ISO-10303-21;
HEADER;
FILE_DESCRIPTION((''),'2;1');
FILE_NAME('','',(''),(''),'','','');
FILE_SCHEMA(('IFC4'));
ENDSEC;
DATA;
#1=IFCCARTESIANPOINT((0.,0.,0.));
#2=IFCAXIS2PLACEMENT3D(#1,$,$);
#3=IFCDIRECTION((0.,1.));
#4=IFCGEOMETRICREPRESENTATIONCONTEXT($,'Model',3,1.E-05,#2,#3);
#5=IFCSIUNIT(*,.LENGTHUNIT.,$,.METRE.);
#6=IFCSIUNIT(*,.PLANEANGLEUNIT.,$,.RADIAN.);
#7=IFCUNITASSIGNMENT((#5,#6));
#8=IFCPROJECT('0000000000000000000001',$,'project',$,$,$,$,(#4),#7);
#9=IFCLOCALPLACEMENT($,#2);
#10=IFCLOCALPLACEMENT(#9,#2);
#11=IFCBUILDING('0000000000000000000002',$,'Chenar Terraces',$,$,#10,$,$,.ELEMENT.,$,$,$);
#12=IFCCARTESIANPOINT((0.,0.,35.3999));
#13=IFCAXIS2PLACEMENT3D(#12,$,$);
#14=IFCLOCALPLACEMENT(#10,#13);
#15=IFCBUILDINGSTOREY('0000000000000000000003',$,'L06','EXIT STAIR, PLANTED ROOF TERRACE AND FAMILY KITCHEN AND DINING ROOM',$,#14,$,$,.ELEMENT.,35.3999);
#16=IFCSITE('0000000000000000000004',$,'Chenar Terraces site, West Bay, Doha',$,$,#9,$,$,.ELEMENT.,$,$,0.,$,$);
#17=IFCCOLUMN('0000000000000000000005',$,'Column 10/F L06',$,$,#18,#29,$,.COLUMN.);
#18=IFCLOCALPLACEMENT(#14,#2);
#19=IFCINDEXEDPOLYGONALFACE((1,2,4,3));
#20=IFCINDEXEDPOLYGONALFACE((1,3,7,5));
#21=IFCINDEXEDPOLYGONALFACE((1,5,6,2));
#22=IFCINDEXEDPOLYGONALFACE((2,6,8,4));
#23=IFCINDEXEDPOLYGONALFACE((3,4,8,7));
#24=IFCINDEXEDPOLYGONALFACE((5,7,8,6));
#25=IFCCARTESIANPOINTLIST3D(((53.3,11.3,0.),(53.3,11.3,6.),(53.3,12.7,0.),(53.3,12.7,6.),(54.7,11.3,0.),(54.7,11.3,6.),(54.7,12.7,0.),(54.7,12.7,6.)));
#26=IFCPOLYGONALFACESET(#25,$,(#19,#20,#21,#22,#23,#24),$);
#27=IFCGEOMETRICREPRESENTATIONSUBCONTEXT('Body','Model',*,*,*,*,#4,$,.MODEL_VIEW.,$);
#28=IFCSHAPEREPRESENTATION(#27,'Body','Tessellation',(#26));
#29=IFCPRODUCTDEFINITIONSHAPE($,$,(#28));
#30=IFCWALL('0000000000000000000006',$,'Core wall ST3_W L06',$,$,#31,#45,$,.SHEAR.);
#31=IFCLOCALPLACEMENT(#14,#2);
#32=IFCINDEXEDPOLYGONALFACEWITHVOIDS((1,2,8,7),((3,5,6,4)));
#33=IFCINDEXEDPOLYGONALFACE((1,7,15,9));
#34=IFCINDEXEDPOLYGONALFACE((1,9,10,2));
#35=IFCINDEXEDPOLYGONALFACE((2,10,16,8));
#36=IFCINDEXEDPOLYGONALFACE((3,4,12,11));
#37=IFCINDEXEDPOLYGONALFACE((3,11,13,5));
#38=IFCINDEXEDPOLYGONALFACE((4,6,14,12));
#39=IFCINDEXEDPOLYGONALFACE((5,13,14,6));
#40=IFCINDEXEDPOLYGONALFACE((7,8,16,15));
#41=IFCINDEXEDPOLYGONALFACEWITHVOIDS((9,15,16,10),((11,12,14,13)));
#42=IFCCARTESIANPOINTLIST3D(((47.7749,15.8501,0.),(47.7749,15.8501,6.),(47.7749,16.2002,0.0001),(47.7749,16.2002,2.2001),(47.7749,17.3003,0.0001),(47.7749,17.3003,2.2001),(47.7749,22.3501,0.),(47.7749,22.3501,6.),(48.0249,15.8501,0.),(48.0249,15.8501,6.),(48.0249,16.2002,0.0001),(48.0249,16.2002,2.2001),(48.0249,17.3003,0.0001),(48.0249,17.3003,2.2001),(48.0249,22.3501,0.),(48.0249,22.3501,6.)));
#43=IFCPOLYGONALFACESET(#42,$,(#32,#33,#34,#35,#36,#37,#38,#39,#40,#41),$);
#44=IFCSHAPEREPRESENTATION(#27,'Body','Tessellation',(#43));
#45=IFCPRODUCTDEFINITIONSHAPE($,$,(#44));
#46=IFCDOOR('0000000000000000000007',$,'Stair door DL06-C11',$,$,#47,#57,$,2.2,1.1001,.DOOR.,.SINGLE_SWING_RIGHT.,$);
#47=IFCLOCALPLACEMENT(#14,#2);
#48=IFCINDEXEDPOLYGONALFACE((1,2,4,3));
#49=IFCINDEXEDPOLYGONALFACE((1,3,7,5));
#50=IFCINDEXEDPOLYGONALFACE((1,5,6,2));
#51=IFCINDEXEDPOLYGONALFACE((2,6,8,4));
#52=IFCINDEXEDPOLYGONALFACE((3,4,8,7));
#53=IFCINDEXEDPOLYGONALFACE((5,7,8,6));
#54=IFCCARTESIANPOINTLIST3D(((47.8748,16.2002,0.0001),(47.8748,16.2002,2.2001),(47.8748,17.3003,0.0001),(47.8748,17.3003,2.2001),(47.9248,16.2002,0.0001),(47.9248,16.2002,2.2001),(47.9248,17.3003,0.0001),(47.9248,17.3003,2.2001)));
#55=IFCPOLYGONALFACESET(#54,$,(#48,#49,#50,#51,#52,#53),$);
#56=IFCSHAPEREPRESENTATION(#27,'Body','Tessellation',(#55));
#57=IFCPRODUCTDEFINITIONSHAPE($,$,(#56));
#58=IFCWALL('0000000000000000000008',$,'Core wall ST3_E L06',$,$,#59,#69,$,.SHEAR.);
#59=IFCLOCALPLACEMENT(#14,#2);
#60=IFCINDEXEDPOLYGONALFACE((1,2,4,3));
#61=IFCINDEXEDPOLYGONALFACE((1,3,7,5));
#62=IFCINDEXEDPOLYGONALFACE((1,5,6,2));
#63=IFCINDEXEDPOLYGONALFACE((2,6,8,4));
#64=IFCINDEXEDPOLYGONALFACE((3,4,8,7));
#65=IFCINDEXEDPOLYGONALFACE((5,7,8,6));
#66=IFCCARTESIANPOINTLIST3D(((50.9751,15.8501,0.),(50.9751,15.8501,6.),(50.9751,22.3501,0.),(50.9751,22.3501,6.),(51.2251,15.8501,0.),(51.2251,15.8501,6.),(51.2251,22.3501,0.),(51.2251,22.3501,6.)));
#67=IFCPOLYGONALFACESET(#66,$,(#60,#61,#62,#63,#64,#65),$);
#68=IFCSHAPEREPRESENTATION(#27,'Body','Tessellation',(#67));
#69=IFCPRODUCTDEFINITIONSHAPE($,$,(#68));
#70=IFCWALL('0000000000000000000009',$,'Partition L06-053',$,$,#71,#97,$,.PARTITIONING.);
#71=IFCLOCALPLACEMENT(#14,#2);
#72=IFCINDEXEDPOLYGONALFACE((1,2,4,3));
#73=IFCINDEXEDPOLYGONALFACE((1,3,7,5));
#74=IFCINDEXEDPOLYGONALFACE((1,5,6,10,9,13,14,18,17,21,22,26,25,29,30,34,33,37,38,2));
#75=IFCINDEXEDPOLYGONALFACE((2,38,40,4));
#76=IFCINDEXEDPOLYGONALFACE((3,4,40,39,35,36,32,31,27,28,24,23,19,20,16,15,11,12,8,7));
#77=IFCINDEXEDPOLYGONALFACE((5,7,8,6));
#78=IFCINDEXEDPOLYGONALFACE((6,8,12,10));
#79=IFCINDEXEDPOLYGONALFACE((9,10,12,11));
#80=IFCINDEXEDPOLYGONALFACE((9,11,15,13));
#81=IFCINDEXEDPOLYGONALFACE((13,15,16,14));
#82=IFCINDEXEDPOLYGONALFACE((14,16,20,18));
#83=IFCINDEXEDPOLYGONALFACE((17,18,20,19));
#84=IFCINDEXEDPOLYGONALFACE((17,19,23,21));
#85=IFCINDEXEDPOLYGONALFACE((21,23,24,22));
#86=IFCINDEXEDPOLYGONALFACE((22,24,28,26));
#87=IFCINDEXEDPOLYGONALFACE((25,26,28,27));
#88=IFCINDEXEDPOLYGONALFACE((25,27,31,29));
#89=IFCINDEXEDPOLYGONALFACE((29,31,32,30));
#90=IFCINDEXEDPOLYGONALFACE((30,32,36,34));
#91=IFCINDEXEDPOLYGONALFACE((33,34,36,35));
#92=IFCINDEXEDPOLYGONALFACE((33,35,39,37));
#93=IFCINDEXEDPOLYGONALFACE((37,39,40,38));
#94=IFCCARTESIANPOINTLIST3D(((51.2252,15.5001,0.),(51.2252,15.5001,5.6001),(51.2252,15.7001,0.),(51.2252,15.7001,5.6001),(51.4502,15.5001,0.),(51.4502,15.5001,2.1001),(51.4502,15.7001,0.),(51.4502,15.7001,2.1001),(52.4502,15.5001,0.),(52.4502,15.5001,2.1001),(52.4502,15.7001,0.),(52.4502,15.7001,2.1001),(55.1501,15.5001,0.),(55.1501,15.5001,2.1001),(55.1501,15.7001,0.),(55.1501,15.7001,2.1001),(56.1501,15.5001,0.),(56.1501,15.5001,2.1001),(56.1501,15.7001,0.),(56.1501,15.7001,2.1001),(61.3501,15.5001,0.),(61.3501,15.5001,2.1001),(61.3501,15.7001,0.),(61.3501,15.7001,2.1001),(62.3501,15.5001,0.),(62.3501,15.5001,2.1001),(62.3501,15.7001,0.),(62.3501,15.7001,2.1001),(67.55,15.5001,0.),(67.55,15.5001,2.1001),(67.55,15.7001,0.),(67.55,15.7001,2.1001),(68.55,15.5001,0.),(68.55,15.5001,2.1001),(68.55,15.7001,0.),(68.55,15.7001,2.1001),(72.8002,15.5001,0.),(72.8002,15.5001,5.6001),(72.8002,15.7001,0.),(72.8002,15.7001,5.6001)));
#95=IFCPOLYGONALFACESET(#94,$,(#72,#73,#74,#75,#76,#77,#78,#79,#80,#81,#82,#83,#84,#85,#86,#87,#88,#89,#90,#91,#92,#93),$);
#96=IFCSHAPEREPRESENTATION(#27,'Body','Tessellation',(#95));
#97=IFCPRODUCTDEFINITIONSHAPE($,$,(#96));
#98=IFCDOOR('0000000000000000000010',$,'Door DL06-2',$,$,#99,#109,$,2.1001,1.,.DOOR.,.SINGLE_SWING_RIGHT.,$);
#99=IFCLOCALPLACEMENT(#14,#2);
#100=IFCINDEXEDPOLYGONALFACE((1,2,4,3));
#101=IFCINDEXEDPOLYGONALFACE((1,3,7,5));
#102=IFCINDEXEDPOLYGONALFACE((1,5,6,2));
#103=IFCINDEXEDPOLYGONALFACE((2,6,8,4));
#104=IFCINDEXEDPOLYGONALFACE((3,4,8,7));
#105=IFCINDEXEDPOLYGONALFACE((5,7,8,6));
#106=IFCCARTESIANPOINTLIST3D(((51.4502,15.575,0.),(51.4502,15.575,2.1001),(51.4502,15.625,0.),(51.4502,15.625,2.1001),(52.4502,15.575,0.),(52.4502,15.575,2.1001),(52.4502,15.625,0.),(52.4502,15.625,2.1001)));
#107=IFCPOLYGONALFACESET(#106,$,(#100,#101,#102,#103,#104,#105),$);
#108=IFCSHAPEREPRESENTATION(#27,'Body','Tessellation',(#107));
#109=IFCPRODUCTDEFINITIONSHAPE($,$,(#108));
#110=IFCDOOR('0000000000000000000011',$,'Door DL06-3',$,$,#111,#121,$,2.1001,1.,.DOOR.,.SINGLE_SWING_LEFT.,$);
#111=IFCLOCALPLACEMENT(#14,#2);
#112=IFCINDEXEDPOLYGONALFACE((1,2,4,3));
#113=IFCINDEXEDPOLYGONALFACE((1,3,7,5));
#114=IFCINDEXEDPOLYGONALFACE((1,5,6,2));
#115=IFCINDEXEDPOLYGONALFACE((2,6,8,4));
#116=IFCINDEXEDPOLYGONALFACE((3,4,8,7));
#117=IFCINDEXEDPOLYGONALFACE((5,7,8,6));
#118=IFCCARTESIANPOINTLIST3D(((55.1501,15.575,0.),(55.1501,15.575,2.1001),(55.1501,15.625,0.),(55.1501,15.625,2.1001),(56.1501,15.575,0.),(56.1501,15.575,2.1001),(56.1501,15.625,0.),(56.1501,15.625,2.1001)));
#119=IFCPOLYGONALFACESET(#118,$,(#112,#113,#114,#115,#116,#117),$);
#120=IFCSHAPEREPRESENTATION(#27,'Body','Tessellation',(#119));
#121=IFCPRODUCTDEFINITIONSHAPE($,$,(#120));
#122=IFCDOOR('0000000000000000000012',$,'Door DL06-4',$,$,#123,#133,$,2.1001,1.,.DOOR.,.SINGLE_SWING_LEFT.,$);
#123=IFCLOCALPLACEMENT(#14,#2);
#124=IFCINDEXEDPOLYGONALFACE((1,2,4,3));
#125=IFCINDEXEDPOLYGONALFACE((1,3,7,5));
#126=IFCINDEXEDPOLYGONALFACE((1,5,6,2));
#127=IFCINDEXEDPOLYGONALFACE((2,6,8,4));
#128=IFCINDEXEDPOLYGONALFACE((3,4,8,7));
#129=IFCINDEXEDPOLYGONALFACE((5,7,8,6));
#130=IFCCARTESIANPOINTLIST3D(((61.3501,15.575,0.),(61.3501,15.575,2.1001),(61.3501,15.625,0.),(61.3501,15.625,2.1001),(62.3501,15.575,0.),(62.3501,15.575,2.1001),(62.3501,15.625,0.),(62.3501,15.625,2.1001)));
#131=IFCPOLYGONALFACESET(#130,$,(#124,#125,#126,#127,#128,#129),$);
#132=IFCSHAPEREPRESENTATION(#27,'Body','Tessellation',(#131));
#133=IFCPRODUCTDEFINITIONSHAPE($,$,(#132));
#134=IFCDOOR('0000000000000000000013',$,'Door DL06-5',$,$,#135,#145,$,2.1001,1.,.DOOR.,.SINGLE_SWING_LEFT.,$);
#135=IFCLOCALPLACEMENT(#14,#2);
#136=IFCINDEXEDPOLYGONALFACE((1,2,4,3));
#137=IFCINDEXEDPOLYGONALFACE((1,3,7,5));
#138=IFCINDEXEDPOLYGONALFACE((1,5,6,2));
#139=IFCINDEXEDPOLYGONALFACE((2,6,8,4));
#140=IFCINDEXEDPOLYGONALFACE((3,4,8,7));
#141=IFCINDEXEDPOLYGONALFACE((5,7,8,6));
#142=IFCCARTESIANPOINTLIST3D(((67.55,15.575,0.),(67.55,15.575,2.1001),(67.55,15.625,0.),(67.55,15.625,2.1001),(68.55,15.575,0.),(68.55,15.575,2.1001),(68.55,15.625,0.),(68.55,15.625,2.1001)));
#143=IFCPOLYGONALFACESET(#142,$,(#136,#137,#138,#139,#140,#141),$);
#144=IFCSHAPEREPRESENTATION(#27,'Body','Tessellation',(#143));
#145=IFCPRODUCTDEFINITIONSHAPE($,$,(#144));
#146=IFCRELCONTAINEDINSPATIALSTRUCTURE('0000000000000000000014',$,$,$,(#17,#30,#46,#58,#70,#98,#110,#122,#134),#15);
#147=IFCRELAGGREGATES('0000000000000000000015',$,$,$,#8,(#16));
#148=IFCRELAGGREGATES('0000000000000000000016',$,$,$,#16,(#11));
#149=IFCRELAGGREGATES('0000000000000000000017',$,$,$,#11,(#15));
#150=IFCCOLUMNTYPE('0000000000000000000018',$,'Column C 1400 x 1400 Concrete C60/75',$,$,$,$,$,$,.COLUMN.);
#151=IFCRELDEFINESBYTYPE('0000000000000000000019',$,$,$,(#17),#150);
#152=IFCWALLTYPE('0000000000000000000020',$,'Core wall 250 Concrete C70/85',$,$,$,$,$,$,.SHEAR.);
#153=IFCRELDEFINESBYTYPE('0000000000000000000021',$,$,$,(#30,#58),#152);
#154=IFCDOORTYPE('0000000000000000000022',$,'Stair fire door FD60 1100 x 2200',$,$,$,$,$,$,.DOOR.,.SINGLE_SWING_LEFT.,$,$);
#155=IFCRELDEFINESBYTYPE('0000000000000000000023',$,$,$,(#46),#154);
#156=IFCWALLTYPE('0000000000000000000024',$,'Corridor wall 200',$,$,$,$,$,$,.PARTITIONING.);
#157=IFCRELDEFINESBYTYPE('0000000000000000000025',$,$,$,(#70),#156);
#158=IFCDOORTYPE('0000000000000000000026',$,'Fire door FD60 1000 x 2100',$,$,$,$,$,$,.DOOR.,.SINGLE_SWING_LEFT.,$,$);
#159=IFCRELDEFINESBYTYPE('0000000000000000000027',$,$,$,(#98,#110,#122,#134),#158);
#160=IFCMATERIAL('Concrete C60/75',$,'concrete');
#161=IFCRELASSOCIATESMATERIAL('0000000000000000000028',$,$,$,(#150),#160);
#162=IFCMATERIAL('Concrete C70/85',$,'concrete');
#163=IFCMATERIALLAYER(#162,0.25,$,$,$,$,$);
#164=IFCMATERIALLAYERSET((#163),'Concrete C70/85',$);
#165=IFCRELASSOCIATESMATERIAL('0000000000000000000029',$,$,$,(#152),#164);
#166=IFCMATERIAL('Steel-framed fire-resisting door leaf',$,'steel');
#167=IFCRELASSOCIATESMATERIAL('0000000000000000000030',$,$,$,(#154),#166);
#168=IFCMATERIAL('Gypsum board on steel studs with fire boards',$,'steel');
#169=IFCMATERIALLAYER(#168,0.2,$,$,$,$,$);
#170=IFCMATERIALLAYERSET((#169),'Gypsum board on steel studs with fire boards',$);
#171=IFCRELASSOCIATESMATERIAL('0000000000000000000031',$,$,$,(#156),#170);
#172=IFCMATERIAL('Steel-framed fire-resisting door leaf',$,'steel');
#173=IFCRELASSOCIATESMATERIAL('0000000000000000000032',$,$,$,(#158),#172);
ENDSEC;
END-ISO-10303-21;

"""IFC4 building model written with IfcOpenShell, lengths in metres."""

from ifc_helpers import new_model, si_unit, direction, frame, frame_2d, origin, origin_2d, place, context, subcontext, project, spatial, rectangle, extrude, material, layer, layer_set, material_profile, profile_set, type_object, element, fill, save


model = new_model("IFC4")

# Units and contexts
model_context = context("Model", 3, precision=1e-05, world=origin(), true_north=direction((0.0, 1.0)))
body_context = subcontext(model_context, "Body", "Model", "MODEL_VIEW")
ifc_project = project(units=[si_unit("LENGTHUNIT", "METRE"), si_unit("PLANEANGLEUNIT", "RADIAN")], contexts=[model_context])

# Site, building, storey
site_placement = place(None, origin())
site = spatial("IfcSite", under=ifc_project, at=site_placement, Name="Chenar Terraces site, West Bay, Doha", CompositionType="ELEMENT", RefElevation=0.0)
building_placement = place(site_placement, origin())
building = spatial("IfcBuilding", under=site, at=building_placement, Name="Chenar Terraces", CompositionType="ELEMENT")
storey_placement = place(building_placement, frame((0.0, 0.0, 35.3999)))
storey = spatial("IfcBuildingStorey", under=building, at=storey_placement, Name="L06", Description="EXIT STAIR, PLANTED ROOF TERRACE AND FAMILY KITCHEN AND DINING ROOM", CompositionType="ELEMENT", Elevation=35.3999)

# Column
ifc_material_1 = material(Name="Concrete C60/75", Category="concrete")
ifc_material_profile = material_profile(ifc_material_1, rectangle(XDim=1.3999, YDim=1.3999, at=origin_2d()), Name="C 1400 x 1400")
ifc_profile_set = profile_set([ifc_material_profile], Name="Concrete C60/75")
column_type = type_object("IfcColumnType", Name="Column C 1400 x 1400 Concrete C60/75", PredefinedType="COLUMN", material=ifc_profile_set)
column_placement = place(storey_placement, frame((54.0, 12.0, 0.0), z_axis=(0.0, 0.0, 1.0), x_axis=(1.0, 0.0, 0.0)))
element("IfcColumn", 1, at=column_placement, inside=storey, type_object=column_type, Name="Column 10/F L06", PredefinedType="COLUMN", context=body_context, shape_type="SweptSolid", body=[
    extrude(rectangle(XDim=1.3999, YDim=1.3999, at=origin_2d()), origin(), (0.0, 0.0, 1.0), 6.0),
])

# Wall, opening, door
ifc_material_2 = material(Name="Concrete C70/85", Category="concrete")
ifc_layer_1 = layer(ifc_material_2, 0.25)
ifc_layer_set_1 = layer_set([ifc_layer_1], Name="Concrete C70/85")
wall_type_1 = type_object("IfcWallType", Name="Core wall 250 Concrete C70/85", PredefinedType="SHEAR", material=ifc_layer_set_1)
wall_1_placement = place(storey_placement, frame((47.8999, 15.8501, 0.0), z_axis=(0.0, 0.0, 1.0), x_axis=(0.0, 1.0, 0.0)))
wall_1 = element("IfcWall", 2, at=wall_1_placement, inside=storey, type_object=wall_type_1, Name="Core wall ST3_W L06", PredefinedType="SHEAR", context=body_context, shape_type="SweptSolid", body=[
    extrude(rectangle(XDim=6.5, YDim=0.25, at=frame_2d((3.25, 0.0))), origin(), (0.0, 0.0, 1.0), 6.0),
])
opening_1_placement = place(wall_1_placement, frame((0.3501, 0.0, 0.0)))
opening_1 = element("IfcOpeningElement", 3, at=opening_1_placement, cuts=wall_1, PredefinedType="OPENING", context=body_context, shape_type="SweptSolid", body=[
    extrude(rectangle(XDim=1.1001, YDim=2.2, at=frame_2d((0.55, 1.1001))), frame((0.0, 0.135, 0.0), z_axis=(0.0, -1.0, 0.0), x_axis=(1.0, 0.0, 0.0)), (0.0, 0.0, 1.0), 0.27),
])
ifc_material_3 = material(Name="Steel-framed fire-resisting door leaf", Category="steel")
door_type_1 = type_object("IfcDoorType", Name="Stair fire door FD60 1100 x 2200", OperationType="SINGLE_SWING_LEFT", PredefinedType="DOOR", material=ifc_material_3)
door_1_placement = place(opening_1_placement, frame((1.1001, 0.0, 0.0), z_axis=(0.0, 0.0, 1.0), x_axis=(-1.0, 0.0, 0.0)))
door_1 = element("IfcDoor", 4, at=door_1_placement, inside=storey, type_object=door_type_1, Name="Stair door DL06-C11", OperationType="SINGLE_SWING_RIGHT", OverallHeight=2.2, OverallWidth=1.1001, PredefinedType="DOOR", context=body_context, shape_type="SweptSolid", body=[
    extrude(rectangle(XDim=1.1001, YDim=2.2, at=frame_2d((0.55, 1.1001))), frame((0.0, 0.0249, 0.0), z_axis=(0.0, -1.0, 0.0), x_axis=(1.0, 0.0, 0.0)), (0.0, 0.0, 1.0), 0.05),
])
fill(opening_1, door_1)

# Wall
wall_2_placement = place(storey_placement, frame((51.1001, 15.8501, 0.0), z_axis=(0.0, 0.0, 1.0), x_axis=(0.0, 1.0, 0.0)))
element("IfcWall", 5, at=wall_2_placement, inside=storey, type_object=wall_type_1, Name="Core wall ST3_E L06", PredefinedType="SHEAR", context=body_context, shape_type="SweptSolid", body=[
    extrude(rectangle(XDim=6.5, YDim=0.25, at=frame_2d((3.25, 0.0))), origin(), (0.0, 0.0, 1.0), 6.0),
])

# Wall, openings, doors
ifc_material_4 = material(Name="Gypsum board on steel studs with fire boards", Category="steel")
ifc_layer_2 = layer(ifc_material_4, 0.2)
ifc_layer_set_2 = layer_set([ifc_layer_2], Name="Gypsum board on steel studs with fire boards")
wall_type_2 = type_object("IfcWallType", Name="Corridor wall 200", PredefinedType="PARTITIONING", material=ifc_layer_set_2)
wall_3_placement = place(storey_placement, frame((51.2251, 15.6001, 0.0), z_axis=(0.0, 0.0, 1.0), x_axis=(1.0, 0.0, 0.0)))
wall_3 = element("IfcWall", 6, at=wall_3_placement, inside=storey, type_object=wall_type_2, Name="Partition L06-053", PredefinedType="PARTITIONING", context=body_context, shape_type="SweptSolid", body=[
    extrude(rectangle(XDim=21.575, YDim=0.2, at=frame_2d((10.7876, 0.0))), origin(), (0.0, 0.0, 1.0), 5.6001),
])
opening_2_placement = place(wall_3_placement, frame((0.2251, 0.0, 0.0)))
opening_2 = element("IfcOpeningElement", 7, at=opening_2_placement, cuts=wall_3, PredefinedType="OPENING", context=body_context, shape_type="SweptSolid", body=[
    extrude(rectangle(XDim=1.0, YDim=2.1001, at=frame_2d((0.5, 1.05))), frame((0.0, 0.1099, 0.0), z_axis=(0.0, -1.0, 0.0), x_axis=(1.0, 0.0, 0.0)), (0.0, 0.0, 1.0), 0.22),
])
opening_3_placement = place(wall_3_placement, frame((3.925, 0.0, 0.0)))
opening_3 = element("IfcOpeningElement", 8, at=opening_3_placement, cuts=wall_3, PredefinedType="OPENING", context=body_context, shape_type="SweptSolid", body=[
    extrude(rectangle(XDim=1.0, YDim=2.1001, at=frame_2d((0.5, 1.05))), frame((0.0, 0.1099, 0.0), z_axis=(0.0, -1.0, 0.0), x_axis=(1.0, 0.0, 0.0)), (0.0, 0.0, 1.0), 0.22),
])
opening_4_placement = place(wall_3_placement, frame((10.125, 0.0, 0.0)))
opening_4 = element("IfcOpeningElement", 9, at=opening_4_placement, cuts=wall_3, PredefinedType="OPENING", context=body_context, shape_type="SweptSolid", body=[
    extrude(rectangle(XDim=1.0, YDim=2.1001, at=frame_2d((0.5, 1.05))), frame((0.0, 0.1099, 0.0), z_axis=(0.0, -1.0, 0.0), x_axis=(1.0, 0.0, 0.0)), (0.0, 0.0, 1.0), 0.22),
])
opening_5_placement = place(wall_3_placement, frame((16.325, 0.0, 0.0)))
opening_5 = element("IfcOpeningElement", 10, at=opening_5_placement, cuts=wall_3, PredefinedType="OPENING", context=body_context, shape_type="SweptSolid", body=[
    extrude(rectangle(XDim=1.0, YDim=2.1001, at=frame_2d((0.5, 1.05))), frame((0.0, 0.1099, 0.0), z_axis=(0.0, -1.0, 0.0), x_axis=(1.0, 0.0, 0.0)), (0.0, 0.0, 1.0), 0.22),
])
ifc_material_5 = material(Name="Steel-framed fire-resisting door leaf", Category="steel")
door_type_2 = type_object("IfcDoorType", Name="Fire door FD60 1000 x 2100", OperationType="SINGLE_SWING_LEFT", PredefinedType="DOOR", material=ifc_material_5)
door_2_placement = place(opening_2_placement, origin())
door_2 = element("IfcDoor", 11, at=door_2_placement, inside=storey, type_object=door_type_2, Name="Door DL06-2", OperationType="SINGLE_SWING_RIGHT", OverallHeight=2.1001, OverallWidth=1.0, PredefinedType="DOOR", context=body_context, shape_type="SweptSolid", body=[
    extrude(rectangle(XDim=1.0, YDim=2.1001, at=frame_2d((0.5, 1.05))), frame((0.0, 0.0249, 0.0), z_axis=(0.0, -1.0, 0.0), x_axis=(1.0, 0.0, 0.0)), (0.0, 0.0, 1.0), 0.05),
])
fill(opening_2, door_2)
door_3_placement = place(opening_3_placement, origin())
door_3 = element("IfcDoor", 12, at=door_3_placement, inside=storey, type_object=door_type_2, Name="Door DL06-3", OperationType="SINGLE_SWING_LEFT", OverallHeight=2.1001, OverallWidth=1.0, PredefinedType="DOOR", context=body_context, shape_type="SweptSolid", body=[
    extrude(rectangle(XDim=1.0, YDim=2.1001, at=frame_2d((0.5, 1.05))), frame((0.0, 0.0249, 0.0), z_axis=(0.0, -1.0, 0.0), x_axis=(1.0, 0.0, 0.0)), (0.0, 0.0, 1.0), 0.05),
])
fill(opening_3, door_3)
door_4_placement = place(opening_4_placement, origin())
door_4 = element("IfcDoor", 13, at=door_4_placement, inside=storey, type_object=door_type_2, Name="Door DL06-4", OperationType="SINGLE_SWING_LEFT", OverallHeight=2.1001, OverallWidth=1.0, PredefinedType="DOOR", context=body_context, shape_type="SweptSolid", body=[
    extrude(rectangle(XDim=1.0, YDim=2.1001, at=frame_2d((0.5, 1.05))), frame((0.0, 0.0249, 0.0), z_axis=(0.0, -1.0, 0.0), x_axis=(1.0, 0.0, 0.0)), (0.0, 0.0, 1.0), 0.05),
])
fill(opening_4, door_4)
door_5_placement = place(opening_5_placement, origin())
door_5 = element("IfcDoor", 14, at=door_5_placement, inside=storey, type_object=door_type_2, Name="Door DL06-5", OperationType="SINGLE_SWING_LEFT", OverallHeight=2.1001, OverallWidth=1.0, PredefinedType="DOOR", context=body_context, shape_type="SweptSolid", body=[
    extrude(rectangle(XDim=1.0, YDim=2.1001, at=frame_2d((0.5, 1.05))), frame((0.0, 0.0249, 0.0), z_axis=(0.0, -1.0, 0.0), x_axis=(1.0, 0.0, 0.0)), (0.0, 0.0, 1.0), 0.05),
])
fill(opening_5, door_5)

save(model, "model.ifc")
